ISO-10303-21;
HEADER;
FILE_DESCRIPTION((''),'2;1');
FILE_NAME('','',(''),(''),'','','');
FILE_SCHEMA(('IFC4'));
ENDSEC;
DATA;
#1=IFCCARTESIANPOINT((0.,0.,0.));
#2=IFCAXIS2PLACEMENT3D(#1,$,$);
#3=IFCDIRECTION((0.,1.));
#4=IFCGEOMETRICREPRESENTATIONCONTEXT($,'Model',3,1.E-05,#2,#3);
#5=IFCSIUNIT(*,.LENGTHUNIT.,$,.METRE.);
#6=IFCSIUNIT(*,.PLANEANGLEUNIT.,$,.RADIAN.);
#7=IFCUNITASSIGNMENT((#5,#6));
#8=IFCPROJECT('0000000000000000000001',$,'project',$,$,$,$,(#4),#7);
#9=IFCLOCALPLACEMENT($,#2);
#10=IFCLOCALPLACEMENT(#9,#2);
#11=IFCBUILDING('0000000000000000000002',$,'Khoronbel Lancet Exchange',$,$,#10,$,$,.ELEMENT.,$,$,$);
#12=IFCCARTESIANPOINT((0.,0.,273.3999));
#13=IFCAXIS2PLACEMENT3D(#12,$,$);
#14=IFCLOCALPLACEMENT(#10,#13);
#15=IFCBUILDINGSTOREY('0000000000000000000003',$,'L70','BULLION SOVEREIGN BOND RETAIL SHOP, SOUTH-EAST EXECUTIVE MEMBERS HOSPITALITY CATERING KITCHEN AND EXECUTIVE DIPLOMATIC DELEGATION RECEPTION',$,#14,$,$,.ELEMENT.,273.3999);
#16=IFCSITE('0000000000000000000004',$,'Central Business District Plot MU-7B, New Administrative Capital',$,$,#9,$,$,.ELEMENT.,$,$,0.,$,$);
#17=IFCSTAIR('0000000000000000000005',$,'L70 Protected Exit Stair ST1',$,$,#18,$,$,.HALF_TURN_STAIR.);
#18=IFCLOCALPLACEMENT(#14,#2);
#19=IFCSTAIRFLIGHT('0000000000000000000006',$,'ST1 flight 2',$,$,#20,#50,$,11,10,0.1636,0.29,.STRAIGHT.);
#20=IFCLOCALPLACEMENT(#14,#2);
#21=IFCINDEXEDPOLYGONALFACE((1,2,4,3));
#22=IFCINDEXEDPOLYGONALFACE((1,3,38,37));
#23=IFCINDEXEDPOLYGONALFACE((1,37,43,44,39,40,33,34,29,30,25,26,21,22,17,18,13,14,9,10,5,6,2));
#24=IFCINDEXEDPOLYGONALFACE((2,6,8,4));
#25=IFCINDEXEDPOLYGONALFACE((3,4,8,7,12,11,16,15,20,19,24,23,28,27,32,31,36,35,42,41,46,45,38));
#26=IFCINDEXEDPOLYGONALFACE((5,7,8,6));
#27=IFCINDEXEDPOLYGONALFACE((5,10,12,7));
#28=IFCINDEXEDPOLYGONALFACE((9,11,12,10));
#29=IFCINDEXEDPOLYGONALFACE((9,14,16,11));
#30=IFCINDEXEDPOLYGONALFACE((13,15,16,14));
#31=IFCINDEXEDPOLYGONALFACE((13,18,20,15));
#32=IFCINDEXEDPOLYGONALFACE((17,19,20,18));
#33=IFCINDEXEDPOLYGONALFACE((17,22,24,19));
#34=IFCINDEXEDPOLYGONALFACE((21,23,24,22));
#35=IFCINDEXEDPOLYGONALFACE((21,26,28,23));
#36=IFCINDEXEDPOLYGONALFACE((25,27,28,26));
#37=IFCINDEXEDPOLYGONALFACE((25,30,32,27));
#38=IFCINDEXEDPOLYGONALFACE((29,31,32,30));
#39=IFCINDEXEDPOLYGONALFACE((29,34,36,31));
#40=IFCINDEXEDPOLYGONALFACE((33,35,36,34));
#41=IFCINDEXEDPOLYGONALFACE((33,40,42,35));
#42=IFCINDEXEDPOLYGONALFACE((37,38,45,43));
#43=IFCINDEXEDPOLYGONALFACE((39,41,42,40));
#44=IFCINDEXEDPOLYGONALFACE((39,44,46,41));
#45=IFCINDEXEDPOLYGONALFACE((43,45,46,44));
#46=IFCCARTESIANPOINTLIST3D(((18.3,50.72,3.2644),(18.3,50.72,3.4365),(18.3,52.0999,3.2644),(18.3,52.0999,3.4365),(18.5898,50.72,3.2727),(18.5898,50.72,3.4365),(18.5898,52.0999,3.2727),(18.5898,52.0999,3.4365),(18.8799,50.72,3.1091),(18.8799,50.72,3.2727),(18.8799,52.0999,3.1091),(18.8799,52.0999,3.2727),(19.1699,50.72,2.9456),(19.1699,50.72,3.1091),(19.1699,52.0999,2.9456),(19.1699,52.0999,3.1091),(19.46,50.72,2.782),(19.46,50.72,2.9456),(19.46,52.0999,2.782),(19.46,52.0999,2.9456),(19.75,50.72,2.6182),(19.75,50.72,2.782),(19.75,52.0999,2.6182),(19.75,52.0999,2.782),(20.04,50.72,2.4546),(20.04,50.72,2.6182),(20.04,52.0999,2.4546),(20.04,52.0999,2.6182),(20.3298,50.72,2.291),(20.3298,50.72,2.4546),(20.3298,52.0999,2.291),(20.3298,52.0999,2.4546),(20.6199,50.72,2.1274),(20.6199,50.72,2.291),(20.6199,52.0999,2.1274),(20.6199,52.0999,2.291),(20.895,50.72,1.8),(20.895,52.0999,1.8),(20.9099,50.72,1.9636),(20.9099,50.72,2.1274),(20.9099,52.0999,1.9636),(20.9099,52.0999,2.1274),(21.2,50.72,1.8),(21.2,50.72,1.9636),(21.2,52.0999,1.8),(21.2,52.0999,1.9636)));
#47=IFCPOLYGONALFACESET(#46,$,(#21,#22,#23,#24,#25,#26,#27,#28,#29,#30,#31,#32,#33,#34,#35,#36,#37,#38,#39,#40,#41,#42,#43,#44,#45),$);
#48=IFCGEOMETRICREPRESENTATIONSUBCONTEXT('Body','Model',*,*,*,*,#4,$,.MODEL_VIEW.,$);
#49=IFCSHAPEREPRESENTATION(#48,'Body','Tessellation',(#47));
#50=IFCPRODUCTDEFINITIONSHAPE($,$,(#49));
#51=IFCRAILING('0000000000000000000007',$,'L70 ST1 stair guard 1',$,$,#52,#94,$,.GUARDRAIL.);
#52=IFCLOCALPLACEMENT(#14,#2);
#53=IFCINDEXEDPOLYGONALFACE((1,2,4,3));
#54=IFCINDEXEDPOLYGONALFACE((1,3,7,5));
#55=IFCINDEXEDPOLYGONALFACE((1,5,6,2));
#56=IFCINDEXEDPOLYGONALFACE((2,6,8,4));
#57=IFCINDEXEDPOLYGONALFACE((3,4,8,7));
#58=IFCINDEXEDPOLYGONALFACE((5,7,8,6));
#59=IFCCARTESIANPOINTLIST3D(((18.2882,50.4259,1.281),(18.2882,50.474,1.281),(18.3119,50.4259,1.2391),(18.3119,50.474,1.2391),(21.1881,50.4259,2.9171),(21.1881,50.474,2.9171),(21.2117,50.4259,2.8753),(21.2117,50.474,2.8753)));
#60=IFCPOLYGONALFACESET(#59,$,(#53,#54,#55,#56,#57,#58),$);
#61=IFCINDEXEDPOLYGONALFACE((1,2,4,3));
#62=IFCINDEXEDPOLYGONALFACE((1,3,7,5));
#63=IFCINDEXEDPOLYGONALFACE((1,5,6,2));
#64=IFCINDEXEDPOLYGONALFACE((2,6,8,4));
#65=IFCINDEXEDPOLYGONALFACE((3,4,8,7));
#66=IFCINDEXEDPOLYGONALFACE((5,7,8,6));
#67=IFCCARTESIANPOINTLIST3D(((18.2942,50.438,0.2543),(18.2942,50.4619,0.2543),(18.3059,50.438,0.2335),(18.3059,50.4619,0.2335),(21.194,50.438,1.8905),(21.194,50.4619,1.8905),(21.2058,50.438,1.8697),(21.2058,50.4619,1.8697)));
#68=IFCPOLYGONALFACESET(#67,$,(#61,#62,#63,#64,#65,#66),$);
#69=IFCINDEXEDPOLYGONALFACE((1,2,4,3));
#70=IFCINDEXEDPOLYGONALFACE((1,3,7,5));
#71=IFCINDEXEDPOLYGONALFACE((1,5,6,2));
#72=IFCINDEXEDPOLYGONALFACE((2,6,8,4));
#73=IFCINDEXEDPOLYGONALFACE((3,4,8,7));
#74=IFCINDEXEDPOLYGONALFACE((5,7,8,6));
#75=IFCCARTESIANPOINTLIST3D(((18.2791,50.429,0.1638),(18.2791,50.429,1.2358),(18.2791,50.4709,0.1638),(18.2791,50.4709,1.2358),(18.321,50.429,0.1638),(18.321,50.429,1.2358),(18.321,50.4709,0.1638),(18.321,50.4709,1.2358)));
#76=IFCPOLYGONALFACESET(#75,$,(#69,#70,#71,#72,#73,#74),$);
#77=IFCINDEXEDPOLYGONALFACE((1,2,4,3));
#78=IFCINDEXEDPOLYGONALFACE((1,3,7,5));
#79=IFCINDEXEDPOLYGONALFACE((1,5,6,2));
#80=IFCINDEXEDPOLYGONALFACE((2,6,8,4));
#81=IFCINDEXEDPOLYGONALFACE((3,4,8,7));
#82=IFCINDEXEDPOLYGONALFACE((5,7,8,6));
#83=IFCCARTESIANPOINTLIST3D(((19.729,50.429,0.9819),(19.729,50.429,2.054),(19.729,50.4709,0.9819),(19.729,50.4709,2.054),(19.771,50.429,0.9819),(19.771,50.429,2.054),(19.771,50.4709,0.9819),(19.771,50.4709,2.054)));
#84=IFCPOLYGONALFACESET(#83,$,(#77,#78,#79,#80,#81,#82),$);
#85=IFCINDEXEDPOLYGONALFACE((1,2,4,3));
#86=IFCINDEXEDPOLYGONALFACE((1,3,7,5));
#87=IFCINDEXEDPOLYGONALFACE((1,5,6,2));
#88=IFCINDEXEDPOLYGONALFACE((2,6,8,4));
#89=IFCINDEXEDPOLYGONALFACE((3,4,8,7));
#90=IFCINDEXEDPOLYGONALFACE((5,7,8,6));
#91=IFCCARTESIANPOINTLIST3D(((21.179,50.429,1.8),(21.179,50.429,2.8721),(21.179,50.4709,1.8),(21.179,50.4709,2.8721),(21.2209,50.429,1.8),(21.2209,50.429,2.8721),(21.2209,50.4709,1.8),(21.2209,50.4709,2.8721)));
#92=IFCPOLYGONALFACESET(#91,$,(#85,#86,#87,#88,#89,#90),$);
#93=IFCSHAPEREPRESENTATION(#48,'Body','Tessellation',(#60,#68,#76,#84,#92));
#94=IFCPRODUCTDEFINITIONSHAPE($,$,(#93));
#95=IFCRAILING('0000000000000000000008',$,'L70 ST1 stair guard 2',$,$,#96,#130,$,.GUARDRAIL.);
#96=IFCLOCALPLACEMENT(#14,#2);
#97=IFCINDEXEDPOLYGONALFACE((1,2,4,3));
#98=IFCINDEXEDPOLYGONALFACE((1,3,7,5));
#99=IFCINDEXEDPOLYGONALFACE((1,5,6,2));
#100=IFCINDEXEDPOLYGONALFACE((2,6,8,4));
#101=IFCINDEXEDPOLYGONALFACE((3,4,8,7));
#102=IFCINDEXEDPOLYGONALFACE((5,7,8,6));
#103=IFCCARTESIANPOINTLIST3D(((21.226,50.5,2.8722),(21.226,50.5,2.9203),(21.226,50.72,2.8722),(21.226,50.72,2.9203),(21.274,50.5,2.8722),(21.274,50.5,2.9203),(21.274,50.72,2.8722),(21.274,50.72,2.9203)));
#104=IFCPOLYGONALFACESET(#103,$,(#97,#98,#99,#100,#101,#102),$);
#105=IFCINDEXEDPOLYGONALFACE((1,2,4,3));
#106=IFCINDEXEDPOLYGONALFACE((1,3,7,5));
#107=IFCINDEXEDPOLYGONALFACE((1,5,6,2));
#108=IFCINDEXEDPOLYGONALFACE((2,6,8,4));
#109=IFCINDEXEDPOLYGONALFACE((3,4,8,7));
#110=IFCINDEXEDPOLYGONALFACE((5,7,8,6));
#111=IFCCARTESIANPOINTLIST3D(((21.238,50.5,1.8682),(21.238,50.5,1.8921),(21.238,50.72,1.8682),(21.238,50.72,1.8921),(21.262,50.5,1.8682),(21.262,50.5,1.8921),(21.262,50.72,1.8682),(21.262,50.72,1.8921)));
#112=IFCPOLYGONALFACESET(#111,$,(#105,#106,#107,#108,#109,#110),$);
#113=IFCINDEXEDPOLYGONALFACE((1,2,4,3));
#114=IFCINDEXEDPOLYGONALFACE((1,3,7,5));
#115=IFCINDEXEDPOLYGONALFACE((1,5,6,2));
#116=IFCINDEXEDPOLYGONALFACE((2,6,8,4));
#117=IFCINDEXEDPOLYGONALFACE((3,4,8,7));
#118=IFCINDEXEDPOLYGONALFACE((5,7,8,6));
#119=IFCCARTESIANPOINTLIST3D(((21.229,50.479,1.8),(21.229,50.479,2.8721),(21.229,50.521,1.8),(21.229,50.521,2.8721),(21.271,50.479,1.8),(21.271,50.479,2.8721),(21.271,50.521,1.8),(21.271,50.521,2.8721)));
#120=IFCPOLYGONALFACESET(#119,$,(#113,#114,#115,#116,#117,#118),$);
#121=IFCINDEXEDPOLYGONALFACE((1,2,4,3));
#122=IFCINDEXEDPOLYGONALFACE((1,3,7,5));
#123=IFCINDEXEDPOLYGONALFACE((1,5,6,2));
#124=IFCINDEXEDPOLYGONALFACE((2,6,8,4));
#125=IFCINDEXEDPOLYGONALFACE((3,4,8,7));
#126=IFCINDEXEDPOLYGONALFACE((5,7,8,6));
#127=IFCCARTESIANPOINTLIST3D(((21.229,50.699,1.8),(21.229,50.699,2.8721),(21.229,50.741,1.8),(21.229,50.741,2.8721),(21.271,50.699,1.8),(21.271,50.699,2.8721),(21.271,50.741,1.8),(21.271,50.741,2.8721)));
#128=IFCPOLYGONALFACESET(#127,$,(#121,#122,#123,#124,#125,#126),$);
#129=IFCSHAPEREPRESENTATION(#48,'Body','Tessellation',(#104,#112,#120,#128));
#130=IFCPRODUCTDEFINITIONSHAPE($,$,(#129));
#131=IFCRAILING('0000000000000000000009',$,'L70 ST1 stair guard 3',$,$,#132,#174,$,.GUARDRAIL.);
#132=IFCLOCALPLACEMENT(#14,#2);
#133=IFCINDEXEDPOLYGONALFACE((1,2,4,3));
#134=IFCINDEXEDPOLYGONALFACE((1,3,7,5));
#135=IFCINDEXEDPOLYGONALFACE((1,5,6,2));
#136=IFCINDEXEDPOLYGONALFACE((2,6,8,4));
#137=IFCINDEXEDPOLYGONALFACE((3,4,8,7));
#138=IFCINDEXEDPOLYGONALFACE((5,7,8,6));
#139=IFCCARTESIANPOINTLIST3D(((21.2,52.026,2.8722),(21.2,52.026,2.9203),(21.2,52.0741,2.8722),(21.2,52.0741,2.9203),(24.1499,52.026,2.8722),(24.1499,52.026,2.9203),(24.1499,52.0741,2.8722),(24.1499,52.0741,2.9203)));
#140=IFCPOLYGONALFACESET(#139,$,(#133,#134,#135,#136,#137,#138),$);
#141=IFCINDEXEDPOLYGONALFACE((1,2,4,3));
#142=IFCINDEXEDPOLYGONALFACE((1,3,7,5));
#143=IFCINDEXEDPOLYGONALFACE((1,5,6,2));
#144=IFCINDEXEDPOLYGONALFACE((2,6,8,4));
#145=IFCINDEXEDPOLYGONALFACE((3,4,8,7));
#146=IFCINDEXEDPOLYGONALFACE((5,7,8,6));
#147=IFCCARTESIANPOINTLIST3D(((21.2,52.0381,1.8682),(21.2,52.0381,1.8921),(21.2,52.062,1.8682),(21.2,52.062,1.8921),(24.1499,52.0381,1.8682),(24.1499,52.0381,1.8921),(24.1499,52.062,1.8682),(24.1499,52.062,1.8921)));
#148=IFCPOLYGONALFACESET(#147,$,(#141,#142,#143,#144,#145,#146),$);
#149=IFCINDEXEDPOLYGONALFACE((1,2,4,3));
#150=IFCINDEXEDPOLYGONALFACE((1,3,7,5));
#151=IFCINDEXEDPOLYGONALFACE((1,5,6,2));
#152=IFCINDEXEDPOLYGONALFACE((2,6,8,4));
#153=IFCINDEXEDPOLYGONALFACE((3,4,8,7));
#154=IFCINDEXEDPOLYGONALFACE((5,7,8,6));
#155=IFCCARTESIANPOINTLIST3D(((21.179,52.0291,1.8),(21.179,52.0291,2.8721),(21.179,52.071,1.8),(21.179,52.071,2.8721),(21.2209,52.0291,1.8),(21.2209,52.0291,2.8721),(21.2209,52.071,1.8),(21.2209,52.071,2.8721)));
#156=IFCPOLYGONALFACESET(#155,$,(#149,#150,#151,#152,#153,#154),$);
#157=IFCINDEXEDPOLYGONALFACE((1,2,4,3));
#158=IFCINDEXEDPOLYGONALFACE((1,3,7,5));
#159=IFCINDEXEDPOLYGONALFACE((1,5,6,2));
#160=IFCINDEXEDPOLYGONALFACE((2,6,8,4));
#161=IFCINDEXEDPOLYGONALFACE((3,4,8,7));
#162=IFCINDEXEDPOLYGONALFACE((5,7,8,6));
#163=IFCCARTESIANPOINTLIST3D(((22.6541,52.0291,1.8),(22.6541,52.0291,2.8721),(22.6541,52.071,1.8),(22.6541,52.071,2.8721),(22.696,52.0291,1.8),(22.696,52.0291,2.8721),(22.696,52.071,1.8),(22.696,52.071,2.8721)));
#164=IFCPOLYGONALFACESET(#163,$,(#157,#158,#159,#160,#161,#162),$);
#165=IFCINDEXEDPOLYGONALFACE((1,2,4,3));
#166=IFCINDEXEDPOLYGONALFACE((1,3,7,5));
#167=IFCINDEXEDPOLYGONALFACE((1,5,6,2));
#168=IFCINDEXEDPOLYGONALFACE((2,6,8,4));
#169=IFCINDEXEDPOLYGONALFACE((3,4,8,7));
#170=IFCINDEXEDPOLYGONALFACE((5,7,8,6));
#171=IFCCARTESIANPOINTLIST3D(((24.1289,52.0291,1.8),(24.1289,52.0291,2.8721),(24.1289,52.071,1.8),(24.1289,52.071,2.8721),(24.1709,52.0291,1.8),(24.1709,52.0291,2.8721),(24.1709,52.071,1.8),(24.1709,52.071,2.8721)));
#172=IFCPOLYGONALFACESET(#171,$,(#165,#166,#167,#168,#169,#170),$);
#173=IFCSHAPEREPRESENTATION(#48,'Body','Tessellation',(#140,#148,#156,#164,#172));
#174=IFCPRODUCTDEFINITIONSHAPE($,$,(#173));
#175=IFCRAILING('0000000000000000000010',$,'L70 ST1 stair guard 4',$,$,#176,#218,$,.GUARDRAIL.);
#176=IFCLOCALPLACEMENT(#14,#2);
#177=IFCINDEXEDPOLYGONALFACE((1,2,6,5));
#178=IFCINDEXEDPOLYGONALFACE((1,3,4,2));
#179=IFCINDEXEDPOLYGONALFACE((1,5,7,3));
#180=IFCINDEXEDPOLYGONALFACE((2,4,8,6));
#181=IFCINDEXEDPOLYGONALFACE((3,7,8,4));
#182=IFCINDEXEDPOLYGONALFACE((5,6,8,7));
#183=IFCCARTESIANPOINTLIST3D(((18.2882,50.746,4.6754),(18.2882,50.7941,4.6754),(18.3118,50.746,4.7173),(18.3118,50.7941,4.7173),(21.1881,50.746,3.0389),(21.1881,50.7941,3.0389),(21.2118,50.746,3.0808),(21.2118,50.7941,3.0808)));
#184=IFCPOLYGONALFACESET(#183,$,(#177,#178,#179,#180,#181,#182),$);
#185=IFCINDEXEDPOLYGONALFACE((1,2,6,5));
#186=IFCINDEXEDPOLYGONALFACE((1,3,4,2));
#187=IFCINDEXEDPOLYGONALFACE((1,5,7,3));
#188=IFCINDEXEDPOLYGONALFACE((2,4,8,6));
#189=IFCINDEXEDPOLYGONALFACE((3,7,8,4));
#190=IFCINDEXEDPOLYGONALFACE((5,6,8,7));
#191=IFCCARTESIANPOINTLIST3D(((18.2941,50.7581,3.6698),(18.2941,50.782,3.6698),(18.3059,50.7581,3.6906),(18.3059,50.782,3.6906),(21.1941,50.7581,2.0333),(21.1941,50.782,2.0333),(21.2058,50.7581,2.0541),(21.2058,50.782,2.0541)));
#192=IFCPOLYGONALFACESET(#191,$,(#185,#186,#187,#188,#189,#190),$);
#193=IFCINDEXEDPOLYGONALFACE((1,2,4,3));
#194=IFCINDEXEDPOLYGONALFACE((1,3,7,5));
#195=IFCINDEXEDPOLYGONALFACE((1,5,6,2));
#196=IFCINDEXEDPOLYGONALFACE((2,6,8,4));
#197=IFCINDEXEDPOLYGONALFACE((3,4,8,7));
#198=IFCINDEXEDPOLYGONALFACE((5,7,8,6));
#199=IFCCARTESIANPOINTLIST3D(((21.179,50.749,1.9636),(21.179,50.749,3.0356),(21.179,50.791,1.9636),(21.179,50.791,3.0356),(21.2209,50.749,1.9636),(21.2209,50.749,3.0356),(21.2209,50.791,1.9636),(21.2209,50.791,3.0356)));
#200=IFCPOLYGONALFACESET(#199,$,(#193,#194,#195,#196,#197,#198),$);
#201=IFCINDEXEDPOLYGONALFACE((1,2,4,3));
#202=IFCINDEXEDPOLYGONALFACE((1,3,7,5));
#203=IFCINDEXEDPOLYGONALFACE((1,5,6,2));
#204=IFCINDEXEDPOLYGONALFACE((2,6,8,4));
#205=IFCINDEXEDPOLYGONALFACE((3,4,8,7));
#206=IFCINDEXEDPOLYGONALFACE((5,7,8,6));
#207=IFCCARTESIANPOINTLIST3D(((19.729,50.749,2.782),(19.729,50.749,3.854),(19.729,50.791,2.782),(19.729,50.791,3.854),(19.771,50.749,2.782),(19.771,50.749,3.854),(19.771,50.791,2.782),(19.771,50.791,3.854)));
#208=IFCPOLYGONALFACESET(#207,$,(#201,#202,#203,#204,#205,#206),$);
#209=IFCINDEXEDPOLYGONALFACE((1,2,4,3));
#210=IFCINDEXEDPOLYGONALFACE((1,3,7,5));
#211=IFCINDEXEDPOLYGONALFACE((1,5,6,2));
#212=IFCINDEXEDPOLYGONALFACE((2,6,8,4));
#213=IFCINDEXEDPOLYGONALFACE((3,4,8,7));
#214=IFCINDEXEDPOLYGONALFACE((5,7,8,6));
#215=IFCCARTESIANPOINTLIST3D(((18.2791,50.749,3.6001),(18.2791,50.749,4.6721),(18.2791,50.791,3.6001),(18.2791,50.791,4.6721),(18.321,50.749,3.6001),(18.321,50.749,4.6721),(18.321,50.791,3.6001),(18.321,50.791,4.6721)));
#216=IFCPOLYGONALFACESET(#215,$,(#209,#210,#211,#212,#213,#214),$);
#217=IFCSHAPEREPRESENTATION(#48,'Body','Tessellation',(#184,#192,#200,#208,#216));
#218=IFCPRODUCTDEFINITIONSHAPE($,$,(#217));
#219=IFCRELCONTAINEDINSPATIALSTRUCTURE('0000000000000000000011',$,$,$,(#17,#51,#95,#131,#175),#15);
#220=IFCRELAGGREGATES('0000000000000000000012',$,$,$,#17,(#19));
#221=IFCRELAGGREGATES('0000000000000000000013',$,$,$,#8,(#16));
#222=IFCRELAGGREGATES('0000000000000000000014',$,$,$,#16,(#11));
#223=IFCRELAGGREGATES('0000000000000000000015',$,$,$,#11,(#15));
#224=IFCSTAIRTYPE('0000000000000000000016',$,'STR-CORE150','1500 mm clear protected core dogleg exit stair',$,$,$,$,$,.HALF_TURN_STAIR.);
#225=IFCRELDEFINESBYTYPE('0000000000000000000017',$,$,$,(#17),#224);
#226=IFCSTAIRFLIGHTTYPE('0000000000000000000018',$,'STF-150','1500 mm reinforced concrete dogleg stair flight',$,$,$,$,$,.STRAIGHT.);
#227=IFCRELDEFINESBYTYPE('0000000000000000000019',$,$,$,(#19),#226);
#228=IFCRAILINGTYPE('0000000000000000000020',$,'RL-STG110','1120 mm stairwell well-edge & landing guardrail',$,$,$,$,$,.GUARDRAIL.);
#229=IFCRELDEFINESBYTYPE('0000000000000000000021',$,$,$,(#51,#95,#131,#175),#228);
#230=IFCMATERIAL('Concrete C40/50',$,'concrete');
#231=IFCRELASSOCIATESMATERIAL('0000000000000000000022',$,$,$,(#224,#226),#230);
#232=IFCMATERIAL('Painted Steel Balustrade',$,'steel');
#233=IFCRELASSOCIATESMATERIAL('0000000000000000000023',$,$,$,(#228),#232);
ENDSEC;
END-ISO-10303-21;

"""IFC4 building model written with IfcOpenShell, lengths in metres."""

from ifc_helpers import new_model, si_unit, direction, frame, origin, origin_2d, place, context, subcontext, project, spatial, polyline, rectangle, outline, extrude, material, type_object, element, aggregate, save


model = new_model("IFC4")

# Units and contexts
model_context = context("Model", 3, precision=1e-05, world=origin(), true_north=direction((0.0, 1.0)))
body_context = subcontext(model_context, "Body", "Model", "MODEL_VIEW")
ifc_project = project(units=[si_unit("LENGTHUNIT", "METRE"), si_unit("PLANEANGLEUNIT", "RADIAN")], contexts=[model_context])

# Site, building, storey
site_placement = place(None, origin())
site = spatial("IfcSite", under=ifc_project, at=site_placement, Name="Central Business District Plot MU-7B, New Administrative Capital", CompositionType="ELEMENT", RefElevation=0.0)
building_placement = place(site_placement, origin())
building = spatial("IfcBuilding", under=site, at=building_placement, Name="Khoronbel Lancet Exchange", CompositionType="ELEMENT")
storey_placement = place(building_placement, frame((0.0, 0.0, 273.3999)))
storey = spatial("IfcBuildingStorey", under=building, at=storey_placement, Name="L70", Description="BULLION SOVEREIGN BOND RETAIL SHOP, SOUTH-EAST EXECUTIVE MEMBERS HOSPITALITY CATERING KITCHEN AND EXECUTIVE DIPLOMATIC DELEGATION RECEPTION", CompositionType="ELEMENT", Elevation=273.3999)

# Stair, stair flight
ifc_material_1 = material(Name="Concrete C40/50", Category="concrete")
stair_type = type_object("IfcStairType", Name="STR-CORE150", Description="1500 mm clear protected core dogleg exit stair", PredefinedType="HALF_TURN_STAIR", material=ifc_material_1)
stair_placement = place(storey_placement, origin())
stair = element("IfcStair", 1, at=stair_placement, inside=storey, type_object=stair_type, Name="L70 Protected Exit Stair ST1", PredefinedType="HALF_TURN_STAIR")
stair_flight_type = type_object("IfcStairFlightType", Name="STF-150", Description="1500 mm reinforced concrete dogleg stair flight", PredefinedType="STRAIGHT", material=ifc_material_1)
stair_flight_placement = place(storey_placement, frame((21.2, 51.4099, 1.8), z_axis=(0.0, 0.0, 1.0), x_axis=(-1.0, 0.0, 0.0)))
stair_flight = element("IfcStairFlight", 2, at=stair_flight_placement, type_object=stair_flight_type, Name="ST1 flight 2", NumberOfRisers=11, NumberOfTreads=10, PredefinedType="STRAIGHT", RiserHeight=0.1636, TreadLength=0.29, context=body_context, shape_type="SweptSolid", body=[
    extrude(outline(polyline([(0.0, 0.0), (0.0, 0.1636), (0.29, 0.1636), (0.29, 0.3274), (0.5801, 0.3274), (0.5801, 0.491), (0.8701, 0.491), (0.8701, 0.6545), (1.1599, 0.6545), (1.1599, 0.8181), (1.45, 0.8181), (1.45, 0.9819), (1.74, 0.9819), (1.74, 1.1455), (2.03, 1.1455), (2.03, 1.3091), (2.3201, 1.3091), (2.3201, 1.4727), (2.6101, 1.4727), (2.6101, 1.6365), (2.8999, 1.6365), (2.8999, 1.8), (2.8999, 1.4644), (0.3049, 0.0), (0.0, 0.0)])), frame((0.0, 0.6899, 0.0), z_axis=(0.0, -1.0, 0.0), x_axis=(1.0, 0.0, 0.0)), (0.0, 0.0, 1.0), 1.3799),
])
aggregate(stair, [stair_flight])

# Railings
ifc_material_2 = material(Name="Painted Steel Balustrade", Category="steel")
railing_type_1 = type_object("IfcRailingType", Name="RL-STG110", Description="1120 mm stairwell well-edge & landing guardrail", PredefinedType="GUARDRAIL", material=ifc_material_2)
railing_1_placement = place(storey_placement, frame((18.3, 50.45, 0.1638)))
element("IfcRailing", 3, at=railing_1_placement, inside=storey, type_object=railing_type_1, Name="L70 ST1 stair guard 1", PredefinedType="GUARDRAIL", context=body_context, shape_type="SweptSolid", body=[
    extrude(rectangle(XDim=0.0481, YDim=0.0481, at=origin_2d()), frame((0.0, 0.0, 1.0962), z_axis=(0.870929, 0.0, 0.49141), x_axis=(0.0, 1.0, 0.0)), (0.0, 0.0, 1.0), 3.3296),
    extrude(rectangle(XDim=0.0239, YDim=0.0239, at=origin_2d()), frame((0.0, 0.0, 0.0801), z_axis=(0.870929, 0.0, 0.49141), x_axis=(0.0, 1.0, 0.0)), (0.0, 0.0, 1.0), 3.3296),
    extrude(rectangle(XDim=0.042, YDim=0.042, at=origin_2d()), origin(), (0.0, 0.0, 1.0), 1.072),
    extrude(rectangle(XDim=0.042, YDim=0.042, at=origin_2d()), frame((1.45, 0.0, 0.8181)), (0.0, 0.0, 1.0), 1.072),
    extrude(rectangle(XDim=0.042, YDim=0.042, at=origin_2d()), frame((2.8999, 0.0, 1.6362)), (0.0, 0.0, 1.0), 1.072),
])
railing_2_placement = place(storey_placement, frame((21.25, 50.5, 1.8)))
element("IfcRailing", 4, at=railing_2_placement, inside=storey, type_object=railing_type_1, Name="L70 ST1 stair guard 2", PredefinedType="GUARDRAIL", context=body_context, shape_type="SweptSolid", body=[
    extrude(rectangle(XDim=0.0481, YDim=0.0481, at=origin_2d()), frame((0.0, 0.0, 1.0962), z_axis=(0.0, 1.0, 0.0), x_axis=(-1.0, 0.0, 0.0)), (0.0, 0.0, 1.0), 0.22),
    extrude(rectangle(XDim=0.0239, YDim=0.0239, at=origin_2d()), frame((0.0, 0.0, 0.0801), z_axis=(0.0, 1.0, 0.0), x_axis=(-1.0, 0.0, 0.0)), (0.0, 0.0, 1.0), 0.22),
    extrude(rectangle(XDim=0.042, YDim=0.042, at=origin_2d()), origin(), (0.0, 0.0, 1.0), 1.072),
    extrude(rectangle(XDim=0.042, YDim=0.042, at=origin_2d()), frame((0.0, 0.22, 0.0)), (0.0, 0.0, 1.0), 1.072),
])
railing_3_placement = place(storey_placement, frame((21.2, 52.05, 1.8)))
element("IfcRailing", 5, at=railing_3_placement, inside=storey, type_object=railing_type_1, Name="L70 ST1 stair guard 3", PredefinedType="GUARDRAIL", context=body_context, shape_type="SweptSolid", body=[
    extrude(rectangle(XDim=0.0481, YDim=0.0481, at=origin_2d()), frame((0.0, 0.0, 1.0962), z_axis=(1.0, 0.0, 0.0), x_axis=(0.0, 1.0, 0.0)), (0.0, 0.0, 1.0), 2.95),
    extrude(rectangle(XDim=0.0239, YDim=0.0239, at=origin_2d()), frame((0.0, 0.0, 0.0801), z_axis=(1.0, 0.0, 0.0), x_axis=(0.0, 1.0, 0.0)), (0.0, 0.0, 1.0), 2.95),
    extrude(rectangle(XDim=0.042, YDim=0.042, at=origin_2d()), origin(), (0.0, 0.0, 1.0), 1.072),
    extrude(rectangle(XDim=0.042, YDim=0.042, at=origin_2d()), frame((1.4751, 0.0, 0.0)), (0.0, 0.0, 1.0), 1.072),
    extrude(rectangle(XDim=0.042, YDim=0.042, at=origin_2d()), frame((2.95, 0.0, 0.0)), (0.0, 0.0, 1.0), 1.072),
])
railing_4_placement = place(storey_placement, frame((21.2, 50.77, 1.9636)))
element("IfcRailing", 6, at=railing_4_placement, inside=storey, type_object=railing_type_1, Name="L70 ST1 stair guard 4", PredefinedType="GUARDRAIL", context=body_context, shape_type="SweptSolid", body=[
    extrude(rectangle(XDim=0.0481, YDim=0.0481, at=origin_2d()), frame((0.0, 0.0, 1.0962), z_axis=(-0.870897, 0.0, 0.491465), x_axis=(0.0, -1.0, 0.0)), (0.0, 0.0, 1.0), 3.3298),
    extrude(rectangle(XDim=0.0239, YDim=0.0239, at=origin_2d()), frame((0.0, 0.0, 0.0801), z_axis=(-0.870897, 0.0, 0.491465), x_axis=(0.0, -1.0, 0.0)), (0.0, 0.0, 1.0), 3.3298),
    extrude(rectangle(XDim=0.042, YDim=0.042, at=origin_2d()), origin(), (0.0, 0.0, 1.0), 1.072),
    extrude(rectangle(XDim=0.042, YDim=0.042, at=origin_2d()), frame((-1.45, 0.0, 0.8184)), (0.0, 0.0, 1.0), 1.072),
    extrude(rectangle(XDim=0.042, YDim=0.042, at=origin_2d()), frame((-2.8999, 0.0, 1.6365)), (0.0, 0.0, 1.0), 1.072),
])

save(model, "model.ifc")
